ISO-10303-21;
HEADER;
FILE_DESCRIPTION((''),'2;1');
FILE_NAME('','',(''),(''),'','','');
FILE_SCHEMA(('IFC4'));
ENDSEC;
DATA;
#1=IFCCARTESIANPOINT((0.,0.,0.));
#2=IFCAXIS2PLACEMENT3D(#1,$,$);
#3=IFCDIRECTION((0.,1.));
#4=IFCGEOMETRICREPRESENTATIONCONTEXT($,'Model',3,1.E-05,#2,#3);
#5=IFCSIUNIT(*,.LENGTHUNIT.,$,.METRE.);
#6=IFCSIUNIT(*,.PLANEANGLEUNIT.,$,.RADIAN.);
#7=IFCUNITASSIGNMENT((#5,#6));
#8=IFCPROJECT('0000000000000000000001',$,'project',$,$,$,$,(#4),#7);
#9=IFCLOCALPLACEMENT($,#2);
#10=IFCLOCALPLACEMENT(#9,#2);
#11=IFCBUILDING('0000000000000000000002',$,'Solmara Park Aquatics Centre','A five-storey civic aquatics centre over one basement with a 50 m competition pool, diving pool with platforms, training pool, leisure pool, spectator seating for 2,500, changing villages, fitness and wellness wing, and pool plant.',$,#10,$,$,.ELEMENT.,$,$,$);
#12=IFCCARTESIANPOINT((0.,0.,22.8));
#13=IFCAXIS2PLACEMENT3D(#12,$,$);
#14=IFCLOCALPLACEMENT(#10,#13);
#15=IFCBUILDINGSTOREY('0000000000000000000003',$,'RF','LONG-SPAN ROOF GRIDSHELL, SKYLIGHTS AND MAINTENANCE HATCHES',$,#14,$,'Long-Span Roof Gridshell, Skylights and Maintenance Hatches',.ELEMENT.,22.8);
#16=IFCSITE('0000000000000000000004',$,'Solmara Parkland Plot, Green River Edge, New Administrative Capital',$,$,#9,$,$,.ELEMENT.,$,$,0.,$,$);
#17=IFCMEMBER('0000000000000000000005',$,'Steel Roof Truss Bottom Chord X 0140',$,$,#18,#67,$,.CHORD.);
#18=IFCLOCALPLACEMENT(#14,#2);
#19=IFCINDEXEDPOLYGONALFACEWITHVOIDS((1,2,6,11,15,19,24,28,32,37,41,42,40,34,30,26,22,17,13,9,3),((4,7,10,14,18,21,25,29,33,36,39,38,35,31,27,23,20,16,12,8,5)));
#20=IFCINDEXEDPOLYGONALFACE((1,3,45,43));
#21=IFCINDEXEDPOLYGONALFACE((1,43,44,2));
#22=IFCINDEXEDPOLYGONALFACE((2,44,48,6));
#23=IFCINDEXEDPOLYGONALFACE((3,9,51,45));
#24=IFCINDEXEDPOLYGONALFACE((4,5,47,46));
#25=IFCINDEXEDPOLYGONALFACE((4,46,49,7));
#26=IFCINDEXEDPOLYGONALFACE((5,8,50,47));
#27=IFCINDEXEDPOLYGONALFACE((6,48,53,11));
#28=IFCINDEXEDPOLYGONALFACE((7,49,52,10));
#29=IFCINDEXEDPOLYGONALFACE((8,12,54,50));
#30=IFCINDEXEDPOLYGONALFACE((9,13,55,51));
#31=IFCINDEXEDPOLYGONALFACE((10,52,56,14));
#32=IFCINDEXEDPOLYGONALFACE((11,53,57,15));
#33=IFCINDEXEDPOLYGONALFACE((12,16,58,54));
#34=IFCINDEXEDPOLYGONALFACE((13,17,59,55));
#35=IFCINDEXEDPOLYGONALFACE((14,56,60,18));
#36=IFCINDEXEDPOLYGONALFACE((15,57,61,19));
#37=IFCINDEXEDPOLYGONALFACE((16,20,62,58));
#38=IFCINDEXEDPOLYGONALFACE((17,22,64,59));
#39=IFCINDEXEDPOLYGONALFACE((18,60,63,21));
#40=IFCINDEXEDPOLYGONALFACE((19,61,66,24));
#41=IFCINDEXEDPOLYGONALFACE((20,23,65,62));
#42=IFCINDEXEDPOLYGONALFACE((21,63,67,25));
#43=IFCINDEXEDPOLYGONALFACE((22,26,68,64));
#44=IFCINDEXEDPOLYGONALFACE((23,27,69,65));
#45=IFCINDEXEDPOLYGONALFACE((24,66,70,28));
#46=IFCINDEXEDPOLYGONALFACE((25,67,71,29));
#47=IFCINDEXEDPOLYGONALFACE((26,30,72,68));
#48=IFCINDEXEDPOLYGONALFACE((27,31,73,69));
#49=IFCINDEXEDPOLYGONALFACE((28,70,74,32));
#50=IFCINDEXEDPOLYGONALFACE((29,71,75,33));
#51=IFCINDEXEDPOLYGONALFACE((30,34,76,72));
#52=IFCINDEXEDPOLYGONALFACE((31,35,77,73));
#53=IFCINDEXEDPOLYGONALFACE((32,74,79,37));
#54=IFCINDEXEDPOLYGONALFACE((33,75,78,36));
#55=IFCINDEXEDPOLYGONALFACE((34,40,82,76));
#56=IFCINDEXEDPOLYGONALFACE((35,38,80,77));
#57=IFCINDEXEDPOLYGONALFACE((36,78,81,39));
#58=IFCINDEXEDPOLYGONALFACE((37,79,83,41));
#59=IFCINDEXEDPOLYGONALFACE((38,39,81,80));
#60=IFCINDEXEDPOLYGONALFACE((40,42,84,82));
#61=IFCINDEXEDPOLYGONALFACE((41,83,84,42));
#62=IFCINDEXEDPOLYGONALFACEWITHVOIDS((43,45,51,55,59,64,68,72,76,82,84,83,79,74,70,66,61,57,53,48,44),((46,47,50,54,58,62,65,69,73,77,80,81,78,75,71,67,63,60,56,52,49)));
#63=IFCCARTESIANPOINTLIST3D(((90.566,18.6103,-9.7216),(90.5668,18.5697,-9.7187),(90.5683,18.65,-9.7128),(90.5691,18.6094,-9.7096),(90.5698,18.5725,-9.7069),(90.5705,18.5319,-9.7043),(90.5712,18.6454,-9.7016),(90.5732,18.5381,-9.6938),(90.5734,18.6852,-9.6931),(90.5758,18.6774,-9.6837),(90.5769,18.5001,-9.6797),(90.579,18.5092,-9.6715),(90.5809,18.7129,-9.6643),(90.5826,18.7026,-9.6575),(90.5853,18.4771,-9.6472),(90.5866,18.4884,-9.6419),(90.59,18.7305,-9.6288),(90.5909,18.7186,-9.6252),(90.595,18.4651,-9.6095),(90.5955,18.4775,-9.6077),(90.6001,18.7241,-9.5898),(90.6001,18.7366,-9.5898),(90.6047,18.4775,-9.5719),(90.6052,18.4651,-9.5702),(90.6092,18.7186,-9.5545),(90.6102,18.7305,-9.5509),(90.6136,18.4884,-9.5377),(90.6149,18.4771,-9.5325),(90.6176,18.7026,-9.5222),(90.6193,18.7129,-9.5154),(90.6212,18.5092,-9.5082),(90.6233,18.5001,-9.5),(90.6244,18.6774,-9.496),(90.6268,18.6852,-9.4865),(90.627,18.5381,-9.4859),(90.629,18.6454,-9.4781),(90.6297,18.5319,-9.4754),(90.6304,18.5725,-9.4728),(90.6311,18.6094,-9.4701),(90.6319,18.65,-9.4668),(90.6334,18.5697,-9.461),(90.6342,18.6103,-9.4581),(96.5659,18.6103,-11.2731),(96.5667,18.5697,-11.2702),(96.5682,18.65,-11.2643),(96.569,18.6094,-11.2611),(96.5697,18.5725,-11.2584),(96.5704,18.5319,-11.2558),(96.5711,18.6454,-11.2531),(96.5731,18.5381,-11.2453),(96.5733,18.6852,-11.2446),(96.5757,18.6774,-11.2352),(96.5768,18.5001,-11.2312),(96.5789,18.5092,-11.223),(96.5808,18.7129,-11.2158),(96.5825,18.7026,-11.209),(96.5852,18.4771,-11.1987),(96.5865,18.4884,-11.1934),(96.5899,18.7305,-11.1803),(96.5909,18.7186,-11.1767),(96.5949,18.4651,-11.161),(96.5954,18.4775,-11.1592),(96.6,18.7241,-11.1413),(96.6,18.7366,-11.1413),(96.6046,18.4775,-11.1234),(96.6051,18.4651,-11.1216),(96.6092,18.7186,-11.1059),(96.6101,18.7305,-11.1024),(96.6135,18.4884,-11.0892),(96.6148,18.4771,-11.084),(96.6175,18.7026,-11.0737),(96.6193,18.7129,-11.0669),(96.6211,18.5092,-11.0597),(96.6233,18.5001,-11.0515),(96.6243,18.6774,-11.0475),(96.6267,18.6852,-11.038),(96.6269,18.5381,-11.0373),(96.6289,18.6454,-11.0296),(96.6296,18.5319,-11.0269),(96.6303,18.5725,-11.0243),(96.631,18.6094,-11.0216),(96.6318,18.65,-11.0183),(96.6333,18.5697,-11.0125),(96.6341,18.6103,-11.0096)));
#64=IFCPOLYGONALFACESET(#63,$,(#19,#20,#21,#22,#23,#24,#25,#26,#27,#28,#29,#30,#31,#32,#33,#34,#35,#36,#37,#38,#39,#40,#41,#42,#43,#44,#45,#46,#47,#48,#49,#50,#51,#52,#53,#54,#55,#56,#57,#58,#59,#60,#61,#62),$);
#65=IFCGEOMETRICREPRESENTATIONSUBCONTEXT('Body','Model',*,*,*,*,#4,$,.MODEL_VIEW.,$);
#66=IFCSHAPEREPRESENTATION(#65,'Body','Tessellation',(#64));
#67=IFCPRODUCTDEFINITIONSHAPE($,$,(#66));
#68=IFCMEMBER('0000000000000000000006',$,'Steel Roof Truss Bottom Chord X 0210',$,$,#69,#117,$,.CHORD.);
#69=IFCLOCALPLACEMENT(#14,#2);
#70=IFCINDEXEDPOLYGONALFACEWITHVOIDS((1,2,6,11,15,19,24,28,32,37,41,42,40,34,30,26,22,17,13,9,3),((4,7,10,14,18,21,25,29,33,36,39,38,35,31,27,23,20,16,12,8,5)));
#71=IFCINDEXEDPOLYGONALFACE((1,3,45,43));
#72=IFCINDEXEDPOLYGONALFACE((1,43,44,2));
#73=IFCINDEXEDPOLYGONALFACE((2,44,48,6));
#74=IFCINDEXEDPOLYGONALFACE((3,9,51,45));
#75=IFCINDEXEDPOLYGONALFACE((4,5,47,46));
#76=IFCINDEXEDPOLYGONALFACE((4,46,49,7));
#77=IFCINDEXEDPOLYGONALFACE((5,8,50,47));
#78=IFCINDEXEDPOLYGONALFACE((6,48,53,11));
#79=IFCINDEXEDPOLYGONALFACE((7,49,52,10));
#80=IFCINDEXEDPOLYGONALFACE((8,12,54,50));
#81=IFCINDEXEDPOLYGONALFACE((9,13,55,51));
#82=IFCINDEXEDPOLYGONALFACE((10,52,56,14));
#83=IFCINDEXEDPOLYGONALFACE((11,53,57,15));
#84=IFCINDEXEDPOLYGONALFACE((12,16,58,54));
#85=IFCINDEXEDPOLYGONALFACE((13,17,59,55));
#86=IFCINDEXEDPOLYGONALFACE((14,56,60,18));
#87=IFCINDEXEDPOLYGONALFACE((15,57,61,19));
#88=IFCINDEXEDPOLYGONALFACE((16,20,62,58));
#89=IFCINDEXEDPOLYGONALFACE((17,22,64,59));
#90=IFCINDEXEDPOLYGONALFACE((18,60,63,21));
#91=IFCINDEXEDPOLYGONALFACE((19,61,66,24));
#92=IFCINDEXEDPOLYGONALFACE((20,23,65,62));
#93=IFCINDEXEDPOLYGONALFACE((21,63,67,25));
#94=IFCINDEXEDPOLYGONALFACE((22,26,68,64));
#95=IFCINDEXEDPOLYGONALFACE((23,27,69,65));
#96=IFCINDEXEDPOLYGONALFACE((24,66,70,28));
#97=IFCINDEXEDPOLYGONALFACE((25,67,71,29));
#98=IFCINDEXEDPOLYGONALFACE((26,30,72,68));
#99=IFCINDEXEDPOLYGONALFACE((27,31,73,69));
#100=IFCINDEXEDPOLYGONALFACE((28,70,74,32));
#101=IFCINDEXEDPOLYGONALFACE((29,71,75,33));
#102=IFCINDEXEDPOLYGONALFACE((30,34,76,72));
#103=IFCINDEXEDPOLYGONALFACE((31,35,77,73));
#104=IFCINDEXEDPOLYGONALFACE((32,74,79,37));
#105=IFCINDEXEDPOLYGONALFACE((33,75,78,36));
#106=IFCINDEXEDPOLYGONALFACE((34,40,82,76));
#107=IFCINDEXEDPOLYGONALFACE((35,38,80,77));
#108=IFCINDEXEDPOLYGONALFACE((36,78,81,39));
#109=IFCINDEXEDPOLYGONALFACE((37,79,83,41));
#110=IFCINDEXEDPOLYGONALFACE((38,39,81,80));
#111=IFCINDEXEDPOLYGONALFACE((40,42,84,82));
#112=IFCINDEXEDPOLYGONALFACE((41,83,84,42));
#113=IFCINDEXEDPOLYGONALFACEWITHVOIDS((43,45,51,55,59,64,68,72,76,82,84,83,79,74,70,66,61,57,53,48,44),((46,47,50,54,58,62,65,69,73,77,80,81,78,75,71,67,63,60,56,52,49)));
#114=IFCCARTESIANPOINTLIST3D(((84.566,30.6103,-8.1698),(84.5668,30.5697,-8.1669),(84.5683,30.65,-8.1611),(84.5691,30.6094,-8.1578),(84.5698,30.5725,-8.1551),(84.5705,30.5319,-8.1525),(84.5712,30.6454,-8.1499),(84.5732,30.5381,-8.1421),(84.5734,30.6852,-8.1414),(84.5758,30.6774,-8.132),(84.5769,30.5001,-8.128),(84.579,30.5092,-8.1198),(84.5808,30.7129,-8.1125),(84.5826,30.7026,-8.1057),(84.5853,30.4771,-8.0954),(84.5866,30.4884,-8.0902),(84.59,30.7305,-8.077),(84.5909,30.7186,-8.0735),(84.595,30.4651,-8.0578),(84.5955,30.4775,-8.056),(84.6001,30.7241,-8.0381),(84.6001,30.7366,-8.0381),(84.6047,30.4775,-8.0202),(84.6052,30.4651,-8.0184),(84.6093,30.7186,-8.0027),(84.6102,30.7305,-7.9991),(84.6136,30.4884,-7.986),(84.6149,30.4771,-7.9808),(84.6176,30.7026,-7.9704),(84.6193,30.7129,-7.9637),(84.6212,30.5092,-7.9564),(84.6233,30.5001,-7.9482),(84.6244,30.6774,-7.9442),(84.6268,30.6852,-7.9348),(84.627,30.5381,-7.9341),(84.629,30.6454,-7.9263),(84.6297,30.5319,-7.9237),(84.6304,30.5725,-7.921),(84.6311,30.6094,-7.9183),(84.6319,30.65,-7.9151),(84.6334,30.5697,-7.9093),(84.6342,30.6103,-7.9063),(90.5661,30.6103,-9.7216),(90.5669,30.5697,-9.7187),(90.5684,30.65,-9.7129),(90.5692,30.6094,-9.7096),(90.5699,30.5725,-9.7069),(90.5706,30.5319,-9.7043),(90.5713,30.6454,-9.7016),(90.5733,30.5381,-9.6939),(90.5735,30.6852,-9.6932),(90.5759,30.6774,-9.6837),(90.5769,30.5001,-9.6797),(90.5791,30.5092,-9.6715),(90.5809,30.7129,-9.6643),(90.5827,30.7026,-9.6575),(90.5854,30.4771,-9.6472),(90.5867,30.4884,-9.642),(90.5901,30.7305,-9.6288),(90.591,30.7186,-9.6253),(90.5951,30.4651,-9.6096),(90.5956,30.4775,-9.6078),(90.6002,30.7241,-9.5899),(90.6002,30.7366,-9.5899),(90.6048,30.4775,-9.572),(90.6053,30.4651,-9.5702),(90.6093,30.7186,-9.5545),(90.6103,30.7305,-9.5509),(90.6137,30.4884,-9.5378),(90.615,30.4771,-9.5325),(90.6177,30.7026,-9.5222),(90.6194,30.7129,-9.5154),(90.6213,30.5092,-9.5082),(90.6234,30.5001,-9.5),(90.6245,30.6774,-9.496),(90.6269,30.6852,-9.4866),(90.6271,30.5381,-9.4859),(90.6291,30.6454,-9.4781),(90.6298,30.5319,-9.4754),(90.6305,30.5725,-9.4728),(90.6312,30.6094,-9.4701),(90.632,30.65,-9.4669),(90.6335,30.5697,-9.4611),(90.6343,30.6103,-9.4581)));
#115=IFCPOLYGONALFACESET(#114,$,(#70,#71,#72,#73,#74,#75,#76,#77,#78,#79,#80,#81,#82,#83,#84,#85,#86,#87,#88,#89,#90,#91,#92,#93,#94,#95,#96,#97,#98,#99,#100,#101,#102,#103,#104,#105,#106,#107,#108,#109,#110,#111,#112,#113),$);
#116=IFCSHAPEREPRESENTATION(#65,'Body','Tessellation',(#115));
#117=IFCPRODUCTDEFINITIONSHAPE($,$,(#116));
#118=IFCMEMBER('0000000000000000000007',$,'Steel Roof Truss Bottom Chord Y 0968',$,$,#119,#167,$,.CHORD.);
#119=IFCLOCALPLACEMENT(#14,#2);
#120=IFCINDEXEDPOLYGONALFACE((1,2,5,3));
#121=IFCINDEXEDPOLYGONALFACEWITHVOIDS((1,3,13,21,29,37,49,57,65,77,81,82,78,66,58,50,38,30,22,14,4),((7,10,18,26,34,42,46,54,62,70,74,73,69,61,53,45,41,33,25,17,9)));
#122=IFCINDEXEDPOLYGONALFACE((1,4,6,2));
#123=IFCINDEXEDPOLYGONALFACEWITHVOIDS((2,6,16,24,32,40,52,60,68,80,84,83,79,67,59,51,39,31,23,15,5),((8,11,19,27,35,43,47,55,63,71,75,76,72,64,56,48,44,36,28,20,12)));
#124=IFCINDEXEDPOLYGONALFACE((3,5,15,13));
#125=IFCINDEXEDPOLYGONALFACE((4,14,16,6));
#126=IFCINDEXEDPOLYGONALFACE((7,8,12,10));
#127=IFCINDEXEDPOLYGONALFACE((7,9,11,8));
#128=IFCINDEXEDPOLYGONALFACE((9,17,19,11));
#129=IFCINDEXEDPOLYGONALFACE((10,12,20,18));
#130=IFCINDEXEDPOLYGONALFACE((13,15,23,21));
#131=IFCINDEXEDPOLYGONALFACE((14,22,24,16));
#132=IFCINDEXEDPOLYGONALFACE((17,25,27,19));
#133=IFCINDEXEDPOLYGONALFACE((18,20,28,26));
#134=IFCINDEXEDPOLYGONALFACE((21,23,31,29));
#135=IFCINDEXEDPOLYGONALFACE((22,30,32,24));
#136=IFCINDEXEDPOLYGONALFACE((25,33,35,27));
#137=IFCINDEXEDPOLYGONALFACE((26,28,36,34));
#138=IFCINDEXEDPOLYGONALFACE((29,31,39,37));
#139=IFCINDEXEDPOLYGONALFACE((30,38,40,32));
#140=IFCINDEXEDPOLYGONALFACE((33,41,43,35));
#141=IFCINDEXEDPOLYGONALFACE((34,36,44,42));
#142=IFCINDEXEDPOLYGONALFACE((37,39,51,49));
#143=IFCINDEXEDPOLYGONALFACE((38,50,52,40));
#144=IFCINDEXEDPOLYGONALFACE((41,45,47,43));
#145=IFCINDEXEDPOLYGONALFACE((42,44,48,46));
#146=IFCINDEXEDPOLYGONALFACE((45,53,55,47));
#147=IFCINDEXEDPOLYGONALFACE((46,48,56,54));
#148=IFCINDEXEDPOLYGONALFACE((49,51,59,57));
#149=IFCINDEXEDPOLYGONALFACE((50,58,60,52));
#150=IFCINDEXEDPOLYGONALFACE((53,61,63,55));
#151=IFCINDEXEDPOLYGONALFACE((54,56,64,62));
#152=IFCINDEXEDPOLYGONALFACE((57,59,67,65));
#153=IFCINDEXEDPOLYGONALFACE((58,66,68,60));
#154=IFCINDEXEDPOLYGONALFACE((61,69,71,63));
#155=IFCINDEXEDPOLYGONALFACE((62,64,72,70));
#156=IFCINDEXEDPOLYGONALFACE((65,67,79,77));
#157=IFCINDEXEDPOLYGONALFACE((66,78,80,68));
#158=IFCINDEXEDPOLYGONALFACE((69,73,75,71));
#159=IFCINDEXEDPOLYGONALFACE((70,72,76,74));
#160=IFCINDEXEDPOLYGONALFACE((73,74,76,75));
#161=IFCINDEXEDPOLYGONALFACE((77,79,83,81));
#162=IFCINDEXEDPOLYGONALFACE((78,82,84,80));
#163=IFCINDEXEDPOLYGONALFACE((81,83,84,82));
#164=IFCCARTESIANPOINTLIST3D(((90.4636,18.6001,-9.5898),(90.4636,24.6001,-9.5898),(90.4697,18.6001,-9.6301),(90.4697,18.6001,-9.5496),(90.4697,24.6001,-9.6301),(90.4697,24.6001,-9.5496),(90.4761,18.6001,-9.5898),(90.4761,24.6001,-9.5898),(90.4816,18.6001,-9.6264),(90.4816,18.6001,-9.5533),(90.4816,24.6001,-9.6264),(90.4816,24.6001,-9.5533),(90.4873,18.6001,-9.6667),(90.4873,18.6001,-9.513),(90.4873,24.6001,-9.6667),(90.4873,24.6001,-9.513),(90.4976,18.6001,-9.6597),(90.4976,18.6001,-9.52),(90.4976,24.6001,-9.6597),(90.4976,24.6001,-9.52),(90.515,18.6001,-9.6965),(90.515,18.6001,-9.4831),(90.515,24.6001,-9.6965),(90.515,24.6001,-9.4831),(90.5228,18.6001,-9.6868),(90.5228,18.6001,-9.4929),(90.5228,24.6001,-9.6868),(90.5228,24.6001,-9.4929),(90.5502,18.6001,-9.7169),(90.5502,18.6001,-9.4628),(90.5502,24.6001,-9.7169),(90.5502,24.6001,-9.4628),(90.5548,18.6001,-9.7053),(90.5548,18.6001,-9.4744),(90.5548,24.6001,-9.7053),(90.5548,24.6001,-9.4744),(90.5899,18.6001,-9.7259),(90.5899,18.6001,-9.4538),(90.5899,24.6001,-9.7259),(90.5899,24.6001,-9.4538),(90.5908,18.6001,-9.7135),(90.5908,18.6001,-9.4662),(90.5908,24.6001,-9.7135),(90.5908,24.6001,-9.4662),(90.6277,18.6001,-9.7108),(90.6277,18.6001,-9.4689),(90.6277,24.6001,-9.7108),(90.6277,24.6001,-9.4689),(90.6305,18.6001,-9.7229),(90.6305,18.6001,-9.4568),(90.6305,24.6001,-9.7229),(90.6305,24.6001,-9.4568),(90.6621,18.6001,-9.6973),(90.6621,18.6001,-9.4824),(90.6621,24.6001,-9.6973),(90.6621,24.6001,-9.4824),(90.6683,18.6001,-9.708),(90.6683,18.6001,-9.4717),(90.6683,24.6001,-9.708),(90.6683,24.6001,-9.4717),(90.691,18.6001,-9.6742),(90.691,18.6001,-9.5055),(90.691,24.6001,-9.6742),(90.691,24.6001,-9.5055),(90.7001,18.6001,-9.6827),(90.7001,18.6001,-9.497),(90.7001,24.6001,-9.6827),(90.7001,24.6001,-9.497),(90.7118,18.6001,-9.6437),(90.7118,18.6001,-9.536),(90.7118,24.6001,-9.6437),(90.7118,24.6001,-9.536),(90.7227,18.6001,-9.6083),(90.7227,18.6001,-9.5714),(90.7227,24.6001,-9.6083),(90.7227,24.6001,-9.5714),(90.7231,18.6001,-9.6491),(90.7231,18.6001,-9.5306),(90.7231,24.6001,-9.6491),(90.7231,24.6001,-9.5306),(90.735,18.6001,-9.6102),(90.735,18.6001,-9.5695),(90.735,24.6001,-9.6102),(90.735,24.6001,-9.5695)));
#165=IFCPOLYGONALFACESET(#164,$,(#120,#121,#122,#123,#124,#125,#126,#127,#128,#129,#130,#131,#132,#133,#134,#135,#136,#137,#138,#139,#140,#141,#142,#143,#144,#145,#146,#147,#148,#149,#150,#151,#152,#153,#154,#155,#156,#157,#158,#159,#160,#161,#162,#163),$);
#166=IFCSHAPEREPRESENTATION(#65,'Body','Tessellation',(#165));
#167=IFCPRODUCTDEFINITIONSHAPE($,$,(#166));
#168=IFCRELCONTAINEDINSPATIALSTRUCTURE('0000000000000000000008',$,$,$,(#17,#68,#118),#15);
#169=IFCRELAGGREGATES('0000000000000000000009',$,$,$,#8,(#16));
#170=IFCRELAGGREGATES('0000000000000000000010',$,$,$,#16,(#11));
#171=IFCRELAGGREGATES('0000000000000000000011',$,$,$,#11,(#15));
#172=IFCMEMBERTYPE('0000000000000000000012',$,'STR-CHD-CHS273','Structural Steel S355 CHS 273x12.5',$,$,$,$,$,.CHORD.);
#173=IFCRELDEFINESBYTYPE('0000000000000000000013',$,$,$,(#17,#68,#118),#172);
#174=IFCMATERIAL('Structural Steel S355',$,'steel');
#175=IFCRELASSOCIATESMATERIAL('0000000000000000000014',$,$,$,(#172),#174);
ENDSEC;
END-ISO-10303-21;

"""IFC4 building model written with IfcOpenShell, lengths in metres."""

from ifc_helpers import new_model, si_unit, direction, frame, origin, origin_2d, place, context, subcontext, project, spatial, hollow_circle, extrude, material, material_profile, profile_set, type_object, element, save


model = new_model("IFC4")

# Units and contexts
model_context = context("Model", 3, precision=1e-05, world=origin(), true_north=direction((0.0, 1.0)))
body_context = subcontext(model_context, "Body", "Model", "MODEL_VIEW")
ifc_project = project(units=[si_unit("LENGTHUNIT", "METRE"), si_unit("PLANEANGLEUNIT", "RADIAN")], contexts=[model_context])

# Site, building, storey
site_placement = place(None, origin())
site = spatial("IfcSite", under=ifc_project, at=site_placement, Name="Solmara Parkland Plot, Green River Edge, New Administrative Capital", CompositionType="ELEMENT", RefElevation=0.0)
building_placement = place(site_placement, origin())
building = spatial("IfcBuilding", under=site, at=building_placement, Name="Solmara Park Aquatics Centre", Description="A five-storey civic aquatics centre over one basement with a 50 m competition pool, diving pool with platforms, training pool, leisure pool, spectator seating for 2,500, changing villages, fitness and wellness wing, and pool plant.", CompositionType="ELEMENT")
storey_placement = place(building_placement, frame((0.0, 0.0, 22.8)))
storey = spatial("IfcBuildingStorey", under=building, at=storey_placement, Name="RF", Description="LONG-SPAN ROOF GRIDSHELL, SKYLIGHTS AND MAINTENANCE HATCHES", LongName="Long-Span Roof Gridshell, Skylights and Maintenance Hatches", CompositionType="ELEMENT", Elevation=22.8)

# Members
ifc_material_1 = material(Name="Structural Steel S355", Category="steel")
ifc_material_profile_1 = material_profile(ifc_material_1, hollow_circle(Radius=0.1365, WallThickness=0.0125, at=origin_2d()), Name="CHS 273x12.5")
ifc_profile_set_1 = profile_set([ifc_material_profile_1], Name="Structural Steel S355")
member_type_1 = type_object("IfcMemberType", Name="STR-CHD-CHS273", Description="Structural Steel S355 CHS 273x12.5", PredefinedType="CHORD", material=ifc_profile_set_1)
member_1_placement = place(storey_placement, frame((90.6001, 18.6001, -9.5898), z_axis=(0.968155, 0.0, -0.250351), x_axis=(0.0, 1.0, 0.0)))
element("IfcMember", 1, at=member_1_placement, inside=storey, type_object=member_type_1, Name="Steel Roof Truss Bottom Chord X 0140", PredefinedType="CHORD", context=body_context, shape_type="SweptSolid", body=[
    extrude(hollow_circle(Radius=0.1365, WallThickness=0.0125, at=origin_2d()), origin(), (0.0, 0.0, 1.0), 6.1973),
])
member_2_placement = place(storey_placement, frame((84.6001, 30.6001, -8.0381), z_axis=(0.968146, 0.0, -0.250388), x_axis=(0.0, 1.0, 0.0)))
element("IfcMember", 2, at=member_2_placement, inside=storey, type_object=member_type_1, Name="Steel Roof Truss Bottom Chord X 0210", PredefinedType="CHORD", context=body_context, shape_type="SweptSolid", body=[
    extrude(hollow_circle(Radius=0.1365, WallThickness=0.0125, at=origin_2d()), origin(), (0.0, 0.0, 1.0), 6.1975),
])
for number, where, z_axis, x_axis, name in (
    (3, (90.6001, 18.6001, -9.5898), (0.0, 1.0, 0.0), (-1.0, 0.0, 0.0), "Steel Roof Truss Bottom Chord Y 0968"),
):
    element("IfcMember", number, at=place(storey_placement, frame(where, z_axis=z_axis, x_axis=x_axis)), inside=storey, type_object=member_type_1, Name=name, PredefinedType="CHORD", context=body_context, shape_type="SweptSolid", body=[
        extrude(hollow_circle(Radius=0.1365, WallThickness=0.0125, at=origin_2d()), origin(), (0.0, 0.0, 1.0), 6.0),
    ])

save(model, "model.ifc")
